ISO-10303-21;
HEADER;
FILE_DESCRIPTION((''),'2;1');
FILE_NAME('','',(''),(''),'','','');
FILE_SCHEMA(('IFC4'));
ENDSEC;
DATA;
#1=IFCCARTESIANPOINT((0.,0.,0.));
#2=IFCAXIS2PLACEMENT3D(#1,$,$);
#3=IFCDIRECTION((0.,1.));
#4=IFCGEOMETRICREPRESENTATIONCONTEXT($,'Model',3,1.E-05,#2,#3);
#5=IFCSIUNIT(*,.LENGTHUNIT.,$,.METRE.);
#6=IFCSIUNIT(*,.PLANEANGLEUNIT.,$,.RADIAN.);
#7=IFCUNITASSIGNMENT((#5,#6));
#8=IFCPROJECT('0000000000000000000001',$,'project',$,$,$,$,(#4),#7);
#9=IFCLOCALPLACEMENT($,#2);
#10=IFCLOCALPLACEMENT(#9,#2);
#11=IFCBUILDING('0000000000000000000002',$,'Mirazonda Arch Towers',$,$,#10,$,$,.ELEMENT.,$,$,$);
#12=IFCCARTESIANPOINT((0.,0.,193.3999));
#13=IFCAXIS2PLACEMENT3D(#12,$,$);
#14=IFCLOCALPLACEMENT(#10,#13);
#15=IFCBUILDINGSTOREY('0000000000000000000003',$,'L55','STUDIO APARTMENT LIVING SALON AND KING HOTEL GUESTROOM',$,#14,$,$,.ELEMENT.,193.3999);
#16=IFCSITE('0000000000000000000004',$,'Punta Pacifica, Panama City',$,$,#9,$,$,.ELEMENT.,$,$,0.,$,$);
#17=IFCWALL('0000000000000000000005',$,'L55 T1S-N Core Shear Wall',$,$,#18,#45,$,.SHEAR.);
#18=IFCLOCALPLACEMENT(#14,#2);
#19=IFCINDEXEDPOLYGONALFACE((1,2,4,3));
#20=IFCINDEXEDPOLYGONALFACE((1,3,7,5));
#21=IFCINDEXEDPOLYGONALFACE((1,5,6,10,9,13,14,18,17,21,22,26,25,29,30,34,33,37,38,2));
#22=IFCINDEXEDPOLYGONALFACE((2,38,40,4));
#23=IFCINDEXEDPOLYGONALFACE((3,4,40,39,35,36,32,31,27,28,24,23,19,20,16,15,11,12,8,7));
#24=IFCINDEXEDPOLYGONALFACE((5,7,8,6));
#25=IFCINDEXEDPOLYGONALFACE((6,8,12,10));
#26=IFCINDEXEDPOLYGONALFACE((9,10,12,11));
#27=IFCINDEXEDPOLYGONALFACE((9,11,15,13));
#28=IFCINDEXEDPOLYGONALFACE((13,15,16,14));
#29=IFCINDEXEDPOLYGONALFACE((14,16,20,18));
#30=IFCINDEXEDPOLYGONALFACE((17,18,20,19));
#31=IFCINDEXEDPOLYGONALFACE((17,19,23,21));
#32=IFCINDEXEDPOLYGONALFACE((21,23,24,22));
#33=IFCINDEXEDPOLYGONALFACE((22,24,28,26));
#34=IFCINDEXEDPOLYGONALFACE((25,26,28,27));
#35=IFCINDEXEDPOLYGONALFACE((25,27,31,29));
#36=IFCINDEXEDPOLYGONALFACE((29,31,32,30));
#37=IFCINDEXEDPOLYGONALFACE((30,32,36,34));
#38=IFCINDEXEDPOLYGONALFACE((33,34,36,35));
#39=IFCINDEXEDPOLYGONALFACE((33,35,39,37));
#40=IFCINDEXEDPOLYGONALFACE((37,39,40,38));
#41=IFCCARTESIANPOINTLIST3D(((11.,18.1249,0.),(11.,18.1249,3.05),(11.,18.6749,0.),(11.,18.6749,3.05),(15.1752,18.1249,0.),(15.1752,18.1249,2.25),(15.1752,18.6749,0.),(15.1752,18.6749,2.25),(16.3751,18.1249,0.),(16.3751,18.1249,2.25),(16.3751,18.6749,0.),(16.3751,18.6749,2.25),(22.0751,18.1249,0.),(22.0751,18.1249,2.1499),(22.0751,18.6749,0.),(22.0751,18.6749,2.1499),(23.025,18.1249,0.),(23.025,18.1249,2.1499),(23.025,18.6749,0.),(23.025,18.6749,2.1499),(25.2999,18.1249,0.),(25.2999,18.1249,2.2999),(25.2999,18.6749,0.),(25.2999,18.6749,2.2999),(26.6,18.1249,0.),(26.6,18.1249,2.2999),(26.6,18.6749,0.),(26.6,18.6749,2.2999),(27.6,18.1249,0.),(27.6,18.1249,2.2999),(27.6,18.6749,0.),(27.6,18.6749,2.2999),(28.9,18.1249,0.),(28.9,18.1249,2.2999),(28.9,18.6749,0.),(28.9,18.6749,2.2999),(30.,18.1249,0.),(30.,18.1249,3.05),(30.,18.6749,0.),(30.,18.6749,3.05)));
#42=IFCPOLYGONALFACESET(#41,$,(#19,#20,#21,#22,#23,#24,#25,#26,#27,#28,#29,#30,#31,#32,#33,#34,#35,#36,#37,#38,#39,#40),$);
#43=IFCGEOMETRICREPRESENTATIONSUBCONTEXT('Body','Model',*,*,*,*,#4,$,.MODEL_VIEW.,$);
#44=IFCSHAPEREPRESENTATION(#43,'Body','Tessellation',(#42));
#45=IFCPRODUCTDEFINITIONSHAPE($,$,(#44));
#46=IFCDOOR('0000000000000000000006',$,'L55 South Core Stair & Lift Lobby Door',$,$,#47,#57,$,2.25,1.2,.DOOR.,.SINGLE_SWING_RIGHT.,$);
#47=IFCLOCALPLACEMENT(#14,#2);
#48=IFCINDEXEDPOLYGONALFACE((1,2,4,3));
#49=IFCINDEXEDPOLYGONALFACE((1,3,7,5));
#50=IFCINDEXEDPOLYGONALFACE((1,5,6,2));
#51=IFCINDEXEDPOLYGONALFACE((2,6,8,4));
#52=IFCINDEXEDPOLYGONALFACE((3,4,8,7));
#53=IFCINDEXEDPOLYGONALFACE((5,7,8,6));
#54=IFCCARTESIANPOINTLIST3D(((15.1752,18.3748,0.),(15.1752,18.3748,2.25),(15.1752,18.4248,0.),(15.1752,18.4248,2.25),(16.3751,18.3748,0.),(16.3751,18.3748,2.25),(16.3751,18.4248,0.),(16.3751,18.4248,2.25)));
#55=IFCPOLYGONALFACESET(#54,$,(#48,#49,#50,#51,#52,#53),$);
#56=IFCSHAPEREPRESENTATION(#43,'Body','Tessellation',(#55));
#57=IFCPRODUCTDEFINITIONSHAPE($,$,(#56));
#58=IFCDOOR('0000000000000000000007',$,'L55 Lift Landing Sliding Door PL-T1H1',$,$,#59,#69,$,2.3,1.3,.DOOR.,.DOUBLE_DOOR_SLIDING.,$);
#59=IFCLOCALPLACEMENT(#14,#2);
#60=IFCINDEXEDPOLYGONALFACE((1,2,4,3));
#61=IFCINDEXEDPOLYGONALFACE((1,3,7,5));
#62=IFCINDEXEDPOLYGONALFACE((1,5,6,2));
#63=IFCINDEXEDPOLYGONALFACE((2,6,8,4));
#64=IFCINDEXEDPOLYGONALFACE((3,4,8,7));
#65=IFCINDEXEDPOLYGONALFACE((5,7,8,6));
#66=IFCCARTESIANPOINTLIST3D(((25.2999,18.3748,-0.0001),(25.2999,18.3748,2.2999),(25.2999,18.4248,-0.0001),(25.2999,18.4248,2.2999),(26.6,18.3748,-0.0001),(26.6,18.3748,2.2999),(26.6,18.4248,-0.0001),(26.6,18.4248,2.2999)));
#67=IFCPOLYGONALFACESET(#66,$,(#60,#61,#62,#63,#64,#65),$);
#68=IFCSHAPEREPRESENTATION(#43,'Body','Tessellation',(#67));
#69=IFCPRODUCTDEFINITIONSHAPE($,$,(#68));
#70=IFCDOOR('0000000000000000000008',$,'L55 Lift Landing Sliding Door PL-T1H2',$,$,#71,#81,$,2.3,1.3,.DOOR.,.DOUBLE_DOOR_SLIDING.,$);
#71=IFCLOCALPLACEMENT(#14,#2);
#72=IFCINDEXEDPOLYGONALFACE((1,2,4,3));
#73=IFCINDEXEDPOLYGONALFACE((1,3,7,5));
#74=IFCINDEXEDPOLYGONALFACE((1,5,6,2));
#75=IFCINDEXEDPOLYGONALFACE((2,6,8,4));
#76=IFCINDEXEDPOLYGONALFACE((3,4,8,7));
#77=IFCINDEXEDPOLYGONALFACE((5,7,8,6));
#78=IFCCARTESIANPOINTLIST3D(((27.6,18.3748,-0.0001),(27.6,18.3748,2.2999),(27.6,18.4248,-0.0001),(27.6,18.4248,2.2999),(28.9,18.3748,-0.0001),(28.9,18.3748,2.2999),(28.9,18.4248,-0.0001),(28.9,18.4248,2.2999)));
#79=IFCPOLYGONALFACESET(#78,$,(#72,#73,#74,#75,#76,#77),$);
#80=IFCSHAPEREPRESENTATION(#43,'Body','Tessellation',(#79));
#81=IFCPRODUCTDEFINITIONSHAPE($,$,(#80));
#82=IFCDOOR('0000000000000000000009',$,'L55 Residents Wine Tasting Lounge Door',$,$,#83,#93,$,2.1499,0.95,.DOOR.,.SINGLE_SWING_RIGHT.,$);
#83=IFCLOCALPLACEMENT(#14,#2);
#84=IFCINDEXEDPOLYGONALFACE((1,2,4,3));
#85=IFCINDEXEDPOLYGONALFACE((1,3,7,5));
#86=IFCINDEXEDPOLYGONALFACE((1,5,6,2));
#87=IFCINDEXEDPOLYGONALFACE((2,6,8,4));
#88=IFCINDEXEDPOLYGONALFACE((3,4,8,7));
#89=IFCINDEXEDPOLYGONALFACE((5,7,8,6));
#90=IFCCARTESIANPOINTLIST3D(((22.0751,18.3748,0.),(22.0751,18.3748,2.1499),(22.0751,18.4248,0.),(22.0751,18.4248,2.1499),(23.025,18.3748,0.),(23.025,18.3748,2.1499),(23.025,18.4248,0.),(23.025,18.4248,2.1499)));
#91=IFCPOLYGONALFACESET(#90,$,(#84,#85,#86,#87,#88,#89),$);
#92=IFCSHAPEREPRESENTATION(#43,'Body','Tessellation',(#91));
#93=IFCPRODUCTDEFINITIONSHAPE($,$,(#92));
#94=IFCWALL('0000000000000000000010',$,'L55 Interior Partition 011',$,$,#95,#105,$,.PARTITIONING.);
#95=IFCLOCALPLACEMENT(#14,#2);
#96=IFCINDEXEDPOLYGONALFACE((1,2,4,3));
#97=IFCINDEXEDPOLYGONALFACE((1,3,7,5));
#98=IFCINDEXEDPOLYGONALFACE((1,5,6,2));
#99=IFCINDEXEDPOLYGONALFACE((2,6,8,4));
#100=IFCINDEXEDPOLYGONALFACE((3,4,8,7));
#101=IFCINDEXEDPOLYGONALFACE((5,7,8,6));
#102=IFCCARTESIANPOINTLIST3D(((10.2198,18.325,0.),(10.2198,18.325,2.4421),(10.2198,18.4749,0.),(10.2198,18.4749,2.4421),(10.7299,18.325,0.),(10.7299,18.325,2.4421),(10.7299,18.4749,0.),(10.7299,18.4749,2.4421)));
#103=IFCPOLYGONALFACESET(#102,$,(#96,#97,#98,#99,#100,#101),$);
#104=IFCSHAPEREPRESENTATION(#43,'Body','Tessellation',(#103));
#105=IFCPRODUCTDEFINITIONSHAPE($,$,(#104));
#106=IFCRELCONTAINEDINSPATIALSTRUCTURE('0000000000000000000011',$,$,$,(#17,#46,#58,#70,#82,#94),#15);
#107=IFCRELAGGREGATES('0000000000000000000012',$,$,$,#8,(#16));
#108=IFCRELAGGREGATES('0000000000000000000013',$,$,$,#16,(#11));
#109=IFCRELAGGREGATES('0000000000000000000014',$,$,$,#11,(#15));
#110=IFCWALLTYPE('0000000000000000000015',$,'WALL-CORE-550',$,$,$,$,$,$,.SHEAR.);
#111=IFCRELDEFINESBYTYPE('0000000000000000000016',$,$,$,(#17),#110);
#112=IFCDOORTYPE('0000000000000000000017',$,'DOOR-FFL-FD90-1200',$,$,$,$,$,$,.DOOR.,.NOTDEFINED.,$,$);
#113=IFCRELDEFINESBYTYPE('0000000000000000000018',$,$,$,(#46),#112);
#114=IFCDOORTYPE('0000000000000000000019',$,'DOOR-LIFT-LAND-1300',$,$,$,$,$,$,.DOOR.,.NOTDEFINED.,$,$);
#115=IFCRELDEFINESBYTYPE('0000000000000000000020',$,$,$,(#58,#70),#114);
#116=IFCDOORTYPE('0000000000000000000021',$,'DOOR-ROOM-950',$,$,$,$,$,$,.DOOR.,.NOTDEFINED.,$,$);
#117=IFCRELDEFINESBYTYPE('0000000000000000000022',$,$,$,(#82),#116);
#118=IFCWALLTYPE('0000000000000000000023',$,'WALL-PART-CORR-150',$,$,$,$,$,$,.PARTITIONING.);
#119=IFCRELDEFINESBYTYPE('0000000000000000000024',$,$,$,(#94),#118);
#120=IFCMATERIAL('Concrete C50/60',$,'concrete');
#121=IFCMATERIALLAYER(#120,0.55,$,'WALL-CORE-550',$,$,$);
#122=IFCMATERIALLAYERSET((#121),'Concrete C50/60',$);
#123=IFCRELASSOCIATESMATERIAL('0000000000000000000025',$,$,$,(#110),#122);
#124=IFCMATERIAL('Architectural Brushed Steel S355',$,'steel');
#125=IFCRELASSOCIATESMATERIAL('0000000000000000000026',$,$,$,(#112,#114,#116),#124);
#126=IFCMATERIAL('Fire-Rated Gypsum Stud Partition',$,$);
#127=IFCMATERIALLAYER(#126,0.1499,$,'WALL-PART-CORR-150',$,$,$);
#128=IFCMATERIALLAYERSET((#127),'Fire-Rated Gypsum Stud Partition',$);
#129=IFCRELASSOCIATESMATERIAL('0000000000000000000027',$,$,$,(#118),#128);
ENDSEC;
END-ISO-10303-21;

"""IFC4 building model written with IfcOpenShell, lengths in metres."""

from ifc_helpers import new_model, si_unit, direction, frame, frame_2d, origin, place, context, subcontext, project, spatial, rectangle, extrude, material, layer, layer_set, type_object, element, fill, save


model = new_model("IFC4")

# Units and contexts
model_context = context("Model", 3, precision=1e-05, world=origin(), true_north=direction((0.0, 1.0)))
body_context = subcontext(model_context, "Body", "Model", "MODEL_VIEW")
ifc_project = project(units=[si_unit("LENGTHUNIT", "METRE"), si_unit("PLANEANGLEUNIT", "RADIAN")], contexts=[model_context])

# Site, building, storey
site_placement = place(None, origin())
site = spatial("IfcSite", under=ifc_project, at=site_placement, Name="Punta Pacifica, Panama City", CompositionType="ELEMENT", RefElevation=0.0)
building_placement = place(site_placement, origin())
building = spatial("IfcBuilding", under=site, at=building_placement, Name="Mirazonda Arch Towers", CompositionType="ELEMENT")
storey_placement = place(building_placement, frame((0.0, 0.0, 193.3999)))
storey = spatial("IfcBuildingStorey", under=building, at=storey_placement, Name="L55", Description="STUDIO APARTMENT LIVING SALON AND KING HOTEL GUESTROOM", CompositionType="ELEMENT", Elevation=193.3999)

# Shared definitions
ifc_material_1 = material(Name="Concrete C50/60", Category="concrete")

# Shared definitions
ifc_material_2 = material(Name="Architectural Brushed Steel S355", Category="steel")

# Wall, openings, doors
ifc_layer_1 = layer(ifc_material_1, 0.55, Name="WALL-CORE-550")
ifc_layer_set_1 = layer_set([ifc_layer_1], Name="Concrete C50/60")
wall_type_1 = type_object("IfcWallType", Name="WALL-CORE-550", PredefinedType="SHEAR", material=ifc_layer_set_1)
wall_1_placement = place(storey_placement, frame((11.0, 18.3999, 0.0), z_axis=(0.0, 0.0, 1.0), x_axis=(1.0, 0.0, 0.0)))
wall_1 = element("IfcWall", 1, at=wall_1_placement, inside=storey, type_object=wall_type_1, Name="L55 T1S-N Core Shear Wall", PredefinedType="SHEAR", context=body_context, shape_type="SweptSolid", body=[
    extrude(rectangle(XDim=19.0, YDim=0.55, at=frame_2d((9.5, 0.0))), origin(), (0.0, 0.0, 1.0), 3.05),
])
opening_1_placement = place(wall_1_placement, frame((4.175, 0.0, 0.0)))
opening_1 = element("IfcOpeningElement", 2, at=opening_1_placement, cuts=wall_1, PredefinedType="OPENING", context=body_context, shape_type="SweptSolid", body=[
    extrude(rectangle(XDim=1.2, YDim=2.25, at=frame_2d((0.6001, 1.125))), frame((0.0, 0.2849, 0.0), z_axis=(0.0, -1.0, 0.0), x_axis=(1.0, 0.0, 0.0)), (0.0, 0.0, 1.0), 0.5701),
])
opening_2_placement = place(wall_1_placement, frame((11.075, 0.0, 0.0)))
opening_2 = element("IfcOpeningElement", 3, at=opening_2_placement, cuts=wall_1, PredefinedType="OPENING", context=body_context, shape_type="SweptSolid", body=[
    extrude(rectangle(XDim=0.95, YDim=2.1499, at=frame_2d((0.4751, 1.075))), frame((0.0, 0.2849, 0.0), z_axis=(0.0, -1.0, 0.0), x_axis=(1.0, 0.0, 0.0)), (0.0, 0.0, 1.0), 0.5701),
])
opening_3_placement = place(wall_1_placement, frame((14.3, 0.0, 0.0)))
opening_3 = element("IfcOpeningElement", 4, at=opening_3_placement, cuts=wall_1, PredefinedType="OPENING", context=body_context, shape_type="SweptSolid", body=[
    extrude(rectangle(XDim=1.3, YDim=2.3, at=frame_2d((0.6499, 1.1499))), frame((0.0, 0.2849, 0.0), z_axis=(0.0, -1.0, 0.0), x_axis=(1.0, 0.0, 0.0)), (0.0, 0.0, 1.0), 0.5701),
])
opening_4_placement = place(wall_1_placement, frame((16.6001, 0.0, 0.0)))
opening_4 = element("IfcOpeningElement", 5, at=opening_4_placement, cuts=wall_1, PredefinedType="OPENING", context=body_context, shape_type="SweptSolid", body=[
    extrude(rectangle(XDim=1.3, YDim=2.3, at=frame_2d((0.6499, 1.1499))), frame((0.0, 0.2849, 0.0), z_axis=(0.0, -1.0, 0.0), x_axis=(1.0, 0.0, 0.0)), (0.0, 0.0, 1.0), 0.5701),
])
door_type_1 = type_object("IfcDoorType", Name="DOOR-FFL-FD90-1200", OperationType="NOTDEFINED", PredefinedType="DOOR", material=ifc_material_2)
door_1_placement = place(opening_1_placement, origin())
door_1 = element("IfcDoor", 6, at=door_1_placement, inside=storey, type_object=door_type_1, Name="L55 South Core Stair & Lift Lobby Door", OperationType="SINGLE_SWING_RIGHT", OverallHeight=2.25, OverallWidth=1.2, PredefinedType="DOOR", context=body_context, shape_type="SweptSolid", body=[
    extrude(rectangle(XDim=1.2, YDim=2.25, at=frame_2d((0.6001, 1.125))), frame((0.0, 0.0249, 0.0), z_axis=(0.0, -1.0, 0.0), x_axis=(1.0, 0.0, 0.0)), (0.0, 0.0, 1.0), 0.05),
])
fill(opening_1, door_1)
door_type_2 = type_object("IfcDoorType", Name="DOOR-LIFT-LAND-1300", OperationType="NOTDEFINED", PredefinedType="DOOR", material=ifc_material_2)
door_2_placement = place(opening_3_placement, origin())
door_2 = element("IfcDoor", 7, at=door_2_placement, inside=storey, type_object=door_type_2, Name="L55 Lift Landing Sliding Door PL-T1H1", OperationType="DOUBLE_DOOR_SLIDING", OverallHeight=2.3, OverallWidth=1.3, PredefinedType="DOOR", context=body_context, shape_type="SweptSolid", body=[
    extrude(rectangle(XDim=1.3, YDim=2.3, at=frame_2d((0.6499, 1.1499))), frame((0.0, 0.0249, 0.0), z_axis=(0.0, -1.0, 0.0), x_axis=(1.0, 0.0, 0.0)), (0.0, 0.0, 1.0), 0.05),
])
fill(opening_3, door_2)
door_3_placement = place(opening_4_placement, origin())
door_3 = element("IfcDoor", 8, at=door_3_placement, inside=storey, type_object=door_type_2, Name="L55 Lift Landing Sliding Door PL-T1H2", OperationType="DOUBLE_DOOR_SLIDING", OverallHeight=2.3, OverallWidth=1.3, PredefinedType="DOOR", context=body_context, shape_type="SweptSolid", body=[
    extrude(rectangle(XDim=1.3, YDim=2.3, at=frame_2d((0.6499, 1.1499))), frame((0.0, 0.0249, 0.0), z_axis=(0.0, -1.0, 0.0), x_axis=(1.0, 0.0, 0.0)), (0.0, 0.0, 1.0), 0.05),
])
fill(opening_4, door_3)
door_type_3 = type_object("IfcDoorType", Name="DOOR-ROOM-950", OperationType="NOTDEFINED", PredefinedType="DOOR", material=ifc_material_2)
door_4_placement = place(opening_2_placement, origin())
door_4 = element("IfcDoor", 9, at=door_4_placement, inside=storey, type_object=door_type_3, Name="L55 Residents Wine Tasting Lounge Door", OperationType="SINGLE_SWING_RIGHT", OverallHeight=2.1499, OverallWidth=0.95, PredefinedType="DOOR", context=body_context, shape_type="SweptSolid", body=[
    extrude(rectangle(XDim=0.95, YDim=2.1499, at=frame_2d((0.4751, 1.075))), frame((0.0, 0.0249, 0.0), z_axis=(0.0, -1.0, 0.0), x_axis=(1.0, 0.0, 0.0)), (0.0, 0.0, 1.0), 0.05),
])
fill(opening_2, door_4)

# Wall
ifc_material_3 = material(Name="Fire-Rated Gypsum Stud Partition")
ifc_layer_2 = layer(ifc_material_3, 0.1499, Name="WALL-PART-CORR-150")
ifc_layer_set_2 = layer_set([ifc_layer_2], Name="Fire-Rated Gypsum Stud Partition")
wall_type_2 = type_object("IfcWallType", Name="WALL-PART-CORR-150", PredefinedType="PARTITIONING", material=ifc_layer_set_2)
wall_2_placement = place(storey_placement, frame((10.22, 18.3999, 0.0), z_axis=(0.0, 0.0, 1.0), x_axis=(1.0, 0.0, 0.0)))
element("IfcWall", 10, at=wall_2_placement, inside=storey, type_object=wall_type_2, Name="L55 Interior Partition 011", PredefinedType="PARTITIONING", context=body_context, shape_type="SweptSolid", body=[
    extrude(rectangle(XDim=0.51, YDim=0.1499, at=frame_2d((0.2549, 0.0))), origin(), (0.0, 0.0, 1.0), 2.4421),
])

save(model, "model.ifc")
